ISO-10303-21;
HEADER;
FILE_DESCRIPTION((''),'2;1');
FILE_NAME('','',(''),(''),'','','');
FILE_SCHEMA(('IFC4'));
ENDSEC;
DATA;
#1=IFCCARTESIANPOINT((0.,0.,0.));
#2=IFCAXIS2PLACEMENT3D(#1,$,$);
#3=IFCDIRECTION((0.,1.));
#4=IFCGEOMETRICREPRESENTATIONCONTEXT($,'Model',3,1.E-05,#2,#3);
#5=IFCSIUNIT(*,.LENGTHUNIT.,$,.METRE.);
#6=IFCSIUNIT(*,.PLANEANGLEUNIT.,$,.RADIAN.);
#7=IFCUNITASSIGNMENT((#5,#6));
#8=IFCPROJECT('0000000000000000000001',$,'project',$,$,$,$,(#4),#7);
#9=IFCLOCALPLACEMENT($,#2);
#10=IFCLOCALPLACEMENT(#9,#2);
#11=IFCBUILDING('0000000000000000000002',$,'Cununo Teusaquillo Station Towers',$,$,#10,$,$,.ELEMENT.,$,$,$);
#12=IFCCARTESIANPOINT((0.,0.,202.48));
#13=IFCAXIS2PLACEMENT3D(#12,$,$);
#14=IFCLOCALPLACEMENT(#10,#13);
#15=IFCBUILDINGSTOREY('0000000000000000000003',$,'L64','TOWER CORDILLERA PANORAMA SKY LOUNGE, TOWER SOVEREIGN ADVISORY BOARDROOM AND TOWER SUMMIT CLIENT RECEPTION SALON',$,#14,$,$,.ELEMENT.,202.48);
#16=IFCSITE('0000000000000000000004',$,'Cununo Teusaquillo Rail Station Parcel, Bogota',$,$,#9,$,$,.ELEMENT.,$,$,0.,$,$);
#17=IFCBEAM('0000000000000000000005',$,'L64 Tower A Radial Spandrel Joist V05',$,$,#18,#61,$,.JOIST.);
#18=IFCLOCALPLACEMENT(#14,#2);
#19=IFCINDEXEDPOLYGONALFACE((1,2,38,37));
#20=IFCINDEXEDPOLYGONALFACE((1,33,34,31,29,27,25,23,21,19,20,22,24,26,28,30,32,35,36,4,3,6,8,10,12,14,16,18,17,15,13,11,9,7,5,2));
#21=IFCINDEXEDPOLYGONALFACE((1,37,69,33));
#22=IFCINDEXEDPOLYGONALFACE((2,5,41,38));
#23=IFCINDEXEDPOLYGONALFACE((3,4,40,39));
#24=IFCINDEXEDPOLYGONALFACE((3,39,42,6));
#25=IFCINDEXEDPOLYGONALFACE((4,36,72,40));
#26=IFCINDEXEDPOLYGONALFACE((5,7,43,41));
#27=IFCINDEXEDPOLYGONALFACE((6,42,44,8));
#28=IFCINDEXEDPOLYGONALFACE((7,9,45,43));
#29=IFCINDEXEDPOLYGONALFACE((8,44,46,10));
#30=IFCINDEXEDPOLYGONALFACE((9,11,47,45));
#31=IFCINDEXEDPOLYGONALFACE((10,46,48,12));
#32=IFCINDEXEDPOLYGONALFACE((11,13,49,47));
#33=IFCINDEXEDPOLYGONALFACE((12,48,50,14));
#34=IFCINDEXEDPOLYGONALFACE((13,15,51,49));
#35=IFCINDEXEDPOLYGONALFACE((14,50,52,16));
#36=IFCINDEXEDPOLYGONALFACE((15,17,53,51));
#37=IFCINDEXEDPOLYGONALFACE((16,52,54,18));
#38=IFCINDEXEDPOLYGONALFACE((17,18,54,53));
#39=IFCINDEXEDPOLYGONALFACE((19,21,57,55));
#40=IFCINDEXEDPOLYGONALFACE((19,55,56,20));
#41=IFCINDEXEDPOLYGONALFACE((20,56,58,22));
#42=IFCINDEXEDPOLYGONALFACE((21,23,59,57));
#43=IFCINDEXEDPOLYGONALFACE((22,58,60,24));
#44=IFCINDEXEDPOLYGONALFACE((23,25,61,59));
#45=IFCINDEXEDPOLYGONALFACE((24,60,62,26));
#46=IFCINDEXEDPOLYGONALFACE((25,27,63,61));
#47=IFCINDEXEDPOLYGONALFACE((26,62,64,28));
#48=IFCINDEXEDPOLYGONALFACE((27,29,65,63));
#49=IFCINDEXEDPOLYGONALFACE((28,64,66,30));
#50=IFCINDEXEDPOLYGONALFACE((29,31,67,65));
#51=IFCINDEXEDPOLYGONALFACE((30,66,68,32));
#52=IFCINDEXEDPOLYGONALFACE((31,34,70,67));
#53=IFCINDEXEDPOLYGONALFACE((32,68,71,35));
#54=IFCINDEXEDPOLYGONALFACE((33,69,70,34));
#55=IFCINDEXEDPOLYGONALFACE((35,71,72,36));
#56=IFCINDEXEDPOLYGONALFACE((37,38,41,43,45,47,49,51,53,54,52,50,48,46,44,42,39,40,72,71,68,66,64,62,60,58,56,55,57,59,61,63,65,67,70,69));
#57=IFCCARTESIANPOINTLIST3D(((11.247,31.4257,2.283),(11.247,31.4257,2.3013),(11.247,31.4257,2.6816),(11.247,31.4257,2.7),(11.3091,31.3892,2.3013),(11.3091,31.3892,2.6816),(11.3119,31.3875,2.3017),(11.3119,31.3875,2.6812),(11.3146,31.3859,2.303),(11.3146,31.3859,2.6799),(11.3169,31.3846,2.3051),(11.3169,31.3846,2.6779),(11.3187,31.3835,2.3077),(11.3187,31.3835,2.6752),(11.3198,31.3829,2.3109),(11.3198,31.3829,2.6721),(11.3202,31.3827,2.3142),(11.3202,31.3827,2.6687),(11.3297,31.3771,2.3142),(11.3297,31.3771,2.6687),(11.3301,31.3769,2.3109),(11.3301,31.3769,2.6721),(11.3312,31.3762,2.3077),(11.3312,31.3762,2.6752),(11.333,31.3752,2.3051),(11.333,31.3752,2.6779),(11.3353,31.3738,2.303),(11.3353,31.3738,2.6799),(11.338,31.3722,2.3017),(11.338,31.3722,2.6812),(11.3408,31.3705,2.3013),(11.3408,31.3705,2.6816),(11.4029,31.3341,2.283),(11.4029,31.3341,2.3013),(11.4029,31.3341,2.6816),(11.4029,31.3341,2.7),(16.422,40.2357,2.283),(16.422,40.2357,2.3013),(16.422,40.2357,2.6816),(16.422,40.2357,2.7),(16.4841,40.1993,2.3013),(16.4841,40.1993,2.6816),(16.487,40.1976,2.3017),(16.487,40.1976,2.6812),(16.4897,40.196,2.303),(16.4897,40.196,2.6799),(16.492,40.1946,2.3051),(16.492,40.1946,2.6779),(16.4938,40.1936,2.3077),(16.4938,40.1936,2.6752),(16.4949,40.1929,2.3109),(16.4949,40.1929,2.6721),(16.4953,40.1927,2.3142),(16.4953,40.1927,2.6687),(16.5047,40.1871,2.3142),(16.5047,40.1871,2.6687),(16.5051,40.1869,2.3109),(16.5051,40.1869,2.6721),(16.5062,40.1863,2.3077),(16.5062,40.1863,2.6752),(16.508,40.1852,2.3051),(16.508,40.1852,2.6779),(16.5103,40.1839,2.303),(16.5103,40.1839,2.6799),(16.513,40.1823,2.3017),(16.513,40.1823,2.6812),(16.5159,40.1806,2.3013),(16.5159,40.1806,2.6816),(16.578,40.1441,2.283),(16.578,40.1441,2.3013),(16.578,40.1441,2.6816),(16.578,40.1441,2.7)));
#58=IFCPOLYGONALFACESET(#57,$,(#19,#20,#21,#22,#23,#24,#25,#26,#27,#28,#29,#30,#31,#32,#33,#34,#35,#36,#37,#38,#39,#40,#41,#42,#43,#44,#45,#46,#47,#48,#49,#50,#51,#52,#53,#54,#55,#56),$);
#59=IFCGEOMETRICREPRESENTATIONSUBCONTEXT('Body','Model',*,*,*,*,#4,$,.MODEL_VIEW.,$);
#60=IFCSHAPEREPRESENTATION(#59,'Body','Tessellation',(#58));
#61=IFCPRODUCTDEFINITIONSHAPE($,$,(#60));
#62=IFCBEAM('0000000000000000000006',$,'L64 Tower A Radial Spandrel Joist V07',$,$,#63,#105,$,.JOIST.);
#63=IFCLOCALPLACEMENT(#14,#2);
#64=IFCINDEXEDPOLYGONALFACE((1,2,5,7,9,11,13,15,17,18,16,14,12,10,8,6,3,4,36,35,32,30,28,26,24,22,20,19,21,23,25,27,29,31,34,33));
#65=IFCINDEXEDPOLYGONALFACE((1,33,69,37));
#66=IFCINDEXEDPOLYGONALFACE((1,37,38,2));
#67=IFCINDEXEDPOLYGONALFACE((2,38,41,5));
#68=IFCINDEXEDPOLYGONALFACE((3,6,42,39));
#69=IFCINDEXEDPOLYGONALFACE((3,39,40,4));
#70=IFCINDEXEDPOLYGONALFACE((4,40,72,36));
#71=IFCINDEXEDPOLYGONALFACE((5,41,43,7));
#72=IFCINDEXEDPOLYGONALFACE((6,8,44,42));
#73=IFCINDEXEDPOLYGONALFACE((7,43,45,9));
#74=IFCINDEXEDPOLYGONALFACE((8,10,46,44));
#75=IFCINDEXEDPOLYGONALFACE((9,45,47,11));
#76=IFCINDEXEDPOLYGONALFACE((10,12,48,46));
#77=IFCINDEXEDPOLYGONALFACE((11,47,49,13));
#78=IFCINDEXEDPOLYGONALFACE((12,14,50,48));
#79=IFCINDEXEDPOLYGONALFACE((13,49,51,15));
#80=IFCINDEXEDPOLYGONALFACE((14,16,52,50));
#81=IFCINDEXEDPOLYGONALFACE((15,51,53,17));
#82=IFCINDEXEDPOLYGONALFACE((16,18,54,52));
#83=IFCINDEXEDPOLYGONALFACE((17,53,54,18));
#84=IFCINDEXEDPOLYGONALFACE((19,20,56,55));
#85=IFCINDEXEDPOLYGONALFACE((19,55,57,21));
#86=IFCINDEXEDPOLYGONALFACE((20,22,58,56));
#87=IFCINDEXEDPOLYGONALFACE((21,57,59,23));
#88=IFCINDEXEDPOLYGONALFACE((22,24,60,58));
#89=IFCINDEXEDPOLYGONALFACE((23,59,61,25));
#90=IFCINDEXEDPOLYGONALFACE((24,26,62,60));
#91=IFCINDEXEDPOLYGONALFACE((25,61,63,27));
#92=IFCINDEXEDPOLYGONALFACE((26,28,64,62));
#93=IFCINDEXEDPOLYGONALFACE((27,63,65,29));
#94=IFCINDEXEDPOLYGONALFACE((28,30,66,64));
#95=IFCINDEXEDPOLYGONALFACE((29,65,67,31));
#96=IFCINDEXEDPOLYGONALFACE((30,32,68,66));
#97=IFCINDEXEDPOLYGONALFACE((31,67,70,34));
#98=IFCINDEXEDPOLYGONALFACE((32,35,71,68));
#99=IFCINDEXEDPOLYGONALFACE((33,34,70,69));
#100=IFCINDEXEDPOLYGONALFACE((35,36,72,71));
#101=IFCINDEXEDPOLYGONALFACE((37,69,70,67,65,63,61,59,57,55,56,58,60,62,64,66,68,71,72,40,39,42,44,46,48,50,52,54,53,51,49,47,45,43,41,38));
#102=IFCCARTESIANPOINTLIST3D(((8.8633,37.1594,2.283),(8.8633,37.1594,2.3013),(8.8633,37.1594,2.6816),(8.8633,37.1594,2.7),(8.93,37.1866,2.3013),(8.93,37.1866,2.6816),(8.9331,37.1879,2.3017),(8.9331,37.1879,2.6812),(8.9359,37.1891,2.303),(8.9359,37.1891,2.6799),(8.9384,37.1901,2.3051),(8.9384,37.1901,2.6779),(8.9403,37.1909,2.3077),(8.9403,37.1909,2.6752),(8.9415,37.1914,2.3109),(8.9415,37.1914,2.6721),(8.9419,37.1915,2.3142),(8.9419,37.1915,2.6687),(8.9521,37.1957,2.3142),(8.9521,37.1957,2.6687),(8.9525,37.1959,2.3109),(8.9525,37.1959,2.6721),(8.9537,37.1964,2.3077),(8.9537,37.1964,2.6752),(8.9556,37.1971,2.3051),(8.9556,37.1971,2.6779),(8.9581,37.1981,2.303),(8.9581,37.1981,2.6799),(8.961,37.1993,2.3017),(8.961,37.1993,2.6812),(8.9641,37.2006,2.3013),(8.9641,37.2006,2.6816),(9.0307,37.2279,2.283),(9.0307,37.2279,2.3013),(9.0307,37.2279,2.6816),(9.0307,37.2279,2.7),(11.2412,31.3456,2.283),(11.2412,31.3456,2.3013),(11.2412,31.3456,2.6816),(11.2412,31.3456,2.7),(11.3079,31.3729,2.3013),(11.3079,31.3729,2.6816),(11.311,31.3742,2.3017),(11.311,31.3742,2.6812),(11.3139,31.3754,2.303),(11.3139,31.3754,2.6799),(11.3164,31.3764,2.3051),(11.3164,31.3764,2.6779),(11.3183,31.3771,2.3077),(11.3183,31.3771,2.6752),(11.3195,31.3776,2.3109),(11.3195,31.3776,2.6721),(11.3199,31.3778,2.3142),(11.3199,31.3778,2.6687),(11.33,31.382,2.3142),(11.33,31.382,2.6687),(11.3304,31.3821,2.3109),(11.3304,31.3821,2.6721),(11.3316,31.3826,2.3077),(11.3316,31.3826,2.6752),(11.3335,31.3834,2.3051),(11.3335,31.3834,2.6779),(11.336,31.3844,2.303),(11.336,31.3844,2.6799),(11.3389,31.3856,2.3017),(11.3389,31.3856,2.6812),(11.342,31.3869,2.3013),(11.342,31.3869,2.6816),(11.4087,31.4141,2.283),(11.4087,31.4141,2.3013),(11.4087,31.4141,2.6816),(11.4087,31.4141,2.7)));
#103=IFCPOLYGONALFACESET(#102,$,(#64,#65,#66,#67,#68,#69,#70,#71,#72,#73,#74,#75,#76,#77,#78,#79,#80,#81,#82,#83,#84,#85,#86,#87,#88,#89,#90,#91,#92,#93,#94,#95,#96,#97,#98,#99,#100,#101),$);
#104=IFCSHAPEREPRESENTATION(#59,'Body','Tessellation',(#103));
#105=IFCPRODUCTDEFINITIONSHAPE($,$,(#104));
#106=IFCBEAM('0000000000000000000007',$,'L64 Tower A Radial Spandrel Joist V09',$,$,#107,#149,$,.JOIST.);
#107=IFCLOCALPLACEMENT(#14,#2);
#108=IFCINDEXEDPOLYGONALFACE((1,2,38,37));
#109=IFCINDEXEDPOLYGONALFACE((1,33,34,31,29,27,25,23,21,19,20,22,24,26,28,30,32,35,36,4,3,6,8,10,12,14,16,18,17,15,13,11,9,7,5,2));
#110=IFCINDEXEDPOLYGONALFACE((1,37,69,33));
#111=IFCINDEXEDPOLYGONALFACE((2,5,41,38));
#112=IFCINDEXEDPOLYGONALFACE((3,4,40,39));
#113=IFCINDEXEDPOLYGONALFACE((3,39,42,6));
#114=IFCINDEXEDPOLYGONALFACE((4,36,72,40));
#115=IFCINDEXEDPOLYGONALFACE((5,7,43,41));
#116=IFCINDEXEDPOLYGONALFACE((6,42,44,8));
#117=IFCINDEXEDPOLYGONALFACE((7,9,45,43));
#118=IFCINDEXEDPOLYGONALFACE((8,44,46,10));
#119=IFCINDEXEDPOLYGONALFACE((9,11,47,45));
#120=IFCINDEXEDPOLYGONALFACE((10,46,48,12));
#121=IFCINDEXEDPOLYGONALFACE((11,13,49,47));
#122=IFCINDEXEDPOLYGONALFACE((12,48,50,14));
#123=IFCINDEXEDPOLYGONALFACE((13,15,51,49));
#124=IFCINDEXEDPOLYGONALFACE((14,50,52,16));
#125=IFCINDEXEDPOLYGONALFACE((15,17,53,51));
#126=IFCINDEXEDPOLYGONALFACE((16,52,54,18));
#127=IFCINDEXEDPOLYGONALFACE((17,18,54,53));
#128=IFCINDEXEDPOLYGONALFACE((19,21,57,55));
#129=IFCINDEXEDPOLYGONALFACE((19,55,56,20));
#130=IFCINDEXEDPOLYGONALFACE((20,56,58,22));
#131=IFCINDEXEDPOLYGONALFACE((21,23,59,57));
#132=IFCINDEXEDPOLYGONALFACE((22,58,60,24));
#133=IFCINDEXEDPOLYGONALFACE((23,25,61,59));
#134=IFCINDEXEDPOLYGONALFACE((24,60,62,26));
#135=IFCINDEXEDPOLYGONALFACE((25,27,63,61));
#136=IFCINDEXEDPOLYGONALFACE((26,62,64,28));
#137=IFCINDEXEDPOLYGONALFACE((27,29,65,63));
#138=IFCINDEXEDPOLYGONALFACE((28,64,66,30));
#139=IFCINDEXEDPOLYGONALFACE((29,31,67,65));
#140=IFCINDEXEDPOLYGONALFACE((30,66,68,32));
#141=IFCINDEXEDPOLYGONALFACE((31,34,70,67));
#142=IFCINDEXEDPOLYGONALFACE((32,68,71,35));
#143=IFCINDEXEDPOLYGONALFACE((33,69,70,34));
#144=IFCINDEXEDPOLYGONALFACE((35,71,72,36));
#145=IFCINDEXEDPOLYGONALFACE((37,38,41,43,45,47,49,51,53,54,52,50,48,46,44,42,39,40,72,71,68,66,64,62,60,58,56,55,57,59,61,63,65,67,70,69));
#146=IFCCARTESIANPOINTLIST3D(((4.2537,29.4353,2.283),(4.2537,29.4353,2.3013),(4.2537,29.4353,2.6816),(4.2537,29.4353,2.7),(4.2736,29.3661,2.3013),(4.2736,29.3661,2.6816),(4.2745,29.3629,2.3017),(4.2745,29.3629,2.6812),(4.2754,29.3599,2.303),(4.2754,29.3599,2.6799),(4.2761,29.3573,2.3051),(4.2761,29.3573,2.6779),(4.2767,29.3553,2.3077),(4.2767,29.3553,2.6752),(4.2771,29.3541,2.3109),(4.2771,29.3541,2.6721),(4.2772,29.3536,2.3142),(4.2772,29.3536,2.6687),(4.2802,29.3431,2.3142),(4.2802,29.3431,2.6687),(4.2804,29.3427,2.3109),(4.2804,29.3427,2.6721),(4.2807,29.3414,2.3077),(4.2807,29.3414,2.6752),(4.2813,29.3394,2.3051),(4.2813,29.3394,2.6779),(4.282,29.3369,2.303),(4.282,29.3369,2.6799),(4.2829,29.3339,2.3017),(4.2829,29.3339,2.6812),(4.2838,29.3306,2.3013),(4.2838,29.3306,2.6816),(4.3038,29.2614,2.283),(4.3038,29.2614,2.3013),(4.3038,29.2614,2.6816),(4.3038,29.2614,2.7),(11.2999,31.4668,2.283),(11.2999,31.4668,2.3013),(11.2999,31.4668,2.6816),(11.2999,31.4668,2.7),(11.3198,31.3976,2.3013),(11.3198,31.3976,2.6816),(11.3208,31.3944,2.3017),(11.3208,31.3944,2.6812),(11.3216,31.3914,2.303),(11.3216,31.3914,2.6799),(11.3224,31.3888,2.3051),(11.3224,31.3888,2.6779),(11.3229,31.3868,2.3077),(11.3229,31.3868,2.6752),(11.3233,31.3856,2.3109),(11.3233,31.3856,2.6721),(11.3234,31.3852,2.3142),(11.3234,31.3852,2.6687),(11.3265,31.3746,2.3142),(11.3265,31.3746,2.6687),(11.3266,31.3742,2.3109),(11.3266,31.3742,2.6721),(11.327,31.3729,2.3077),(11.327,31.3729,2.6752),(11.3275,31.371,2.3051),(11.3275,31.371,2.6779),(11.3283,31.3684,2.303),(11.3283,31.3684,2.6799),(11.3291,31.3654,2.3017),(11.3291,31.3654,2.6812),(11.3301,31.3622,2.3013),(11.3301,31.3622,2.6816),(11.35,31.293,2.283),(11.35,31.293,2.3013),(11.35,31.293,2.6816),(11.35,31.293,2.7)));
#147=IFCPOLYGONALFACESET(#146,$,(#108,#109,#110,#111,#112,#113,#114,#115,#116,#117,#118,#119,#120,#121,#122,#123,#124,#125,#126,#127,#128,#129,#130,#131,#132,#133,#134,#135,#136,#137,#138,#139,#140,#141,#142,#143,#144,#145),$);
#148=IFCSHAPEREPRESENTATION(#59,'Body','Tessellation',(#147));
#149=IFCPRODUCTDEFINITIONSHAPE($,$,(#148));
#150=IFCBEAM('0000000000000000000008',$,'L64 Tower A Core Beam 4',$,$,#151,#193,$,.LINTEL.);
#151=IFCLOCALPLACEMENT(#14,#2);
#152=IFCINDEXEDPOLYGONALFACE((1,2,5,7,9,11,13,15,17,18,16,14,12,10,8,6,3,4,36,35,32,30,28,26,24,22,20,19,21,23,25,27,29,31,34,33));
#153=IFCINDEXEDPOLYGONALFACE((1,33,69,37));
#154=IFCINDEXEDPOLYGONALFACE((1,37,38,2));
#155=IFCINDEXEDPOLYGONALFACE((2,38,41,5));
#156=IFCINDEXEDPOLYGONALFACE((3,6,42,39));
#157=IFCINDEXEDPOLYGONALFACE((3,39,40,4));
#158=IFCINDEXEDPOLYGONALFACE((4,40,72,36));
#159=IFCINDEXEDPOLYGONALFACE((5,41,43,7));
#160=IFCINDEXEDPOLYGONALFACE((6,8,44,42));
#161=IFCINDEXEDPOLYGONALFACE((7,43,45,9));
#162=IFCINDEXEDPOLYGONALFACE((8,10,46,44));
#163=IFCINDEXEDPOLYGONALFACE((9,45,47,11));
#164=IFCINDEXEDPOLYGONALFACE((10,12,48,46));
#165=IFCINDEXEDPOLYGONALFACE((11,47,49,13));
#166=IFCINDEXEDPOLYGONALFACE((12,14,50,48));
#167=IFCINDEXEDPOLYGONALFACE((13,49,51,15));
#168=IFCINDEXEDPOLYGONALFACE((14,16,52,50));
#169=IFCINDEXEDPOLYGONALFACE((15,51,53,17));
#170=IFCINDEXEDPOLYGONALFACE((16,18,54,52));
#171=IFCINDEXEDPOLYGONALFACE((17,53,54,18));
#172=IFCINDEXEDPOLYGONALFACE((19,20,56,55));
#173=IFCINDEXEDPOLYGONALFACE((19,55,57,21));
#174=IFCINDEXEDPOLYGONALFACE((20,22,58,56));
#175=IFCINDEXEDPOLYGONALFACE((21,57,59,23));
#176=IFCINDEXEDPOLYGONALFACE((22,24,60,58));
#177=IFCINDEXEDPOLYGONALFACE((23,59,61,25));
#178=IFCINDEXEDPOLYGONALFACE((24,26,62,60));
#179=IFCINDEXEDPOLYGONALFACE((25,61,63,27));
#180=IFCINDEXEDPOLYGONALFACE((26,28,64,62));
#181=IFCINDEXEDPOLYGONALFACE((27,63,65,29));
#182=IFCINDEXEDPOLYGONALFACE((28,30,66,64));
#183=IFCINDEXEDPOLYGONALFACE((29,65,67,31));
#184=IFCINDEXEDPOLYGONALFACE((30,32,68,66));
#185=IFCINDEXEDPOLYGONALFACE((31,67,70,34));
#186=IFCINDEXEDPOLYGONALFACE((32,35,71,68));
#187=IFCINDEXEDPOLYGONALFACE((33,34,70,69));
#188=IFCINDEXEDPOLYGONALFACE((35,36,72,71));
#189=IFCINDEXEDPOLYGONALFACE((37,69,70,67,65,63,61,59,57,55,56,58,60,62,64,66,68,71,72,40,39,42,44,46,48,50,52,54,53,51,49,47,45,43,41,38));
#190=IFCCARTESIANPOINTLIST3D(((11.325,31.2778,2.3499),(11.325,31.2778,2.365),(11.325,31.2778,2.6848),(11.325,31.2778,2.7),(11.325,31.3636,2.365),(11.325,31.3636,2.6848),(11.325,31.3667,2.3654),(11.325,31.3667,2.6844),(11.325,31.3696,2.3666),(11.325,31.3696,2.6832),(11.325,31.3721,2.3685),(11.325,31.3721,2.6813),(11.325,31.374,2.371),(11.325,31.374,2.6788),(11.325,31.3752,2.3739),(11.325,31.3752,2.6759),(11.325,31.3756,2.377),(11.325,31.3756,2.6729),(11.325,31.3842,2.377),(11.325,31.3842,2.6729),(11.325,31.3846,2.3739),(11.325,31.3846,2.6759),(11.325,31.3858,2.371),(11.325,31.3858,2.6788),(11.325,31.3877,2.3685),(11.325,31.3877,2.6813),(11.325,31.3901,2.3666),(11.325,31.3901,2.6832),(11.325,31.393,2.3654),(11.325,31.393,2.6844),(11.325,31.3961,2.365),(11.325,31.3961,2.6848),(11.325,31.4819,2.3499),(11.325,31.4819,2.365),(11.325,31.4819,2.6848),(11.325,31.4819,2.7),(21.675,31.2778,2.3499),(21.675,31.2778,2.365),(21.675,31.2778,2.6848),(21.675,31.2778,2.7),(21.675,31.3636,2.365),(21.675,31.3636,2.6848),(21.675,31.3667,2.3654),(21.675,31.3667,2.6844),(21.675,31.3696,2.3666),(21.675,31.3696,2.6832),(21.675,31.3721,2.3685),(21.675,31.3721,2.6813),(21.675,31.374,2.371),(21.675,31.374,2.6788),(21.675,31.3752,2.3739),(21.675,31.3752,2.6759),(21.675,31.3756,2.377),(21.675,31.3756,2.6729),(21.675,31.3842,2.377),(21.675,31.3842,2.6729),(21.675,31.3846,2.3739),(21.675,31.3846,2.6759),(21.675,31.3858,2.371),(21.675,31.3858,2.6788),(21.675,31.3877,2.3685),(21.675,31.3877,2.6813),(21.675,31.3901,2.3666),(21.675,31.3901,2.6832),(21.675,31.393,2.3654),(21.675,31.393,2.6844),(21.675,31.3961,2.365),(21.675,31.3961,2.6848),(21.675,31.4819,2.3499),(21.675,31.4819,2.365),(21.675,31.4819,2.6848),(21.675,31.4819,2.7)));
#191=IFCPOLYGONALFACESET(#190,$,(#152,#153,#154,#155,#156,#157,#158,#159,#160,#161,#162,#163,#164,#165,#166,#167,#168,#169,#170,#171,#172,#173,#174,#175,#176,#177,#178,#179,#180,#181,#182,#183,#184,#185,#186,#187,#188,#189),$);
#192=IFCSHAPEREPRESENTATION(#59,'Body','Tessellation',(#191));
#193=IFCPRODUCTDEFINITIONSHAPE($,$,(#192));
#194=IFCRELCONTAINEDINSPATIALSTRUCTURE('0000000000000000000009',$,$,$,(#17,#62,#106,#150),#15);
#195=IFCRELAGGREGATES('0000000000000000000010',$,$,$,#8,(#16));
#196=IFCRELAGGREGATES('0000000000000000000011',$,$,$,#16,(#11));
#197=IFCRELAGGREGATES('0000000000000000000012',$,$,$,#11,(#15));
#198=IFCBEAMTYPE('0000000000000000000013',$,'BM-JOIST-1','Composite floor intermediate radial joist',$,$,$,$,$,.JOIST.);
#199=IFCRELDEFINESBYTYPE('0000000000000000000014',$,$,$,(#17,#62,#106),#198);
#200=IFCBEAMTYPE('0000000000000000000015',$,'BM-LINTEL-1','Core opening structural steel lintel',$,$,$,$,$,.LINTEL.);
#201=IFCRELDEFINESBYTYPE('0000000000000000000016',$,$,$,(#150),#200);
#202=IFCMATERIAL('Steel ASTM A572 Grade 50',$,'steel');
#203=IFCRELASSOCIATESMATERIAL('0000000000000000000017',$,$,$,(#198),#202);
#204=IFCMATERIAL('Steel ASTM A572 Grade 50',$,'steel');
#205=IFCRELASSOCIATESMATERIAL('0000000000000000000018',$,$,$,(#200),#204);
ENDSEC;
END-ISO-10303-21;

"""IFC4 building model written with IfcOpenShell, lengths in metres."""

from ifc_helpers import new_model, si_unit, direction, frame, origin, origin_2d, place, context, subcontext, project, spatial, i_section, extrude, material, material_profile, profile_set, type_object, element, save


model = new_model("IFC4")

# Units and contexts
model_context = context("Model", 3, precision=1e-05, world=origin(), true_north=direction((0.0, 1.0)))
body_context = subcontext(model_context, "Body", "Model", "MODEL_VIEW")
ifc_project = project(units=[si_unit("LENGTHUNIT", "METRE"), si_unit("PLANEANGLEUNIT", "RADIAN")], contexts=[model_context])

# Site, building, storey
site_placement = place(None, origin())
site = spatial("IfcSite", under=ifc_project, at=site_placement, Name="Cununo Teusaquillo Rail Station Parcel, Bogota", CompositionType="ELEMENT", RefElevation=0.0)
building_placement = place(site_placement, origin())
building = spatial("IfcBuilding", under=site, at=building_placement, Name="Cununo Teusaquillo Station Towers", CompositionType="ELEMENT")
storey_placement = place(building_placement, frame((0.0, 0.0, 202.48)))
storey = spatial("IfcBuildingStorey", under=building, at=storey_placement, Name="L64", Description="TOWER CORDILLERA PANORAMA SKY LOUNGE, TOWER SOVEREIGN ADVISORY BOARDROOM AND TOWER SUMMIT CLIENT RECEPTION SALON", CompositionType="ELEMENT", Elevation=202.48)

# Beams
ifc_material_1 = material(Name="Steel ASTM A572 Grade 50", Category="steel")
ifc_material_profile_1 = material_profile(ifc_material_1, i_section(OverallWidth=0.1809, OverallDepth=0.417, WebThickness=0.011, FlangeThickness=0.0183, FilletRadius=0.0129, at=origin_2d()), Name="W16X57")
ifc_profile_set_1 = profile_set([ifc_material_profile_1], Name="Steel ASTM A572 Grade 50")
beam_type_1 = type_object("IfcBeamType", Name="BM-JOIST-1", Description="Composite floor intermediate radial joist", PredefinedType="JOIST", material=ifc_profile_set_1)
beam_1_placement = place(storey_placement, frame((11.325, 31.3799, 2.4915), z_axis=(0.506486, 0.862248, 0.0), x_axis=(-0.862248, 0.506486, 0.0)))
element("IfcBeam", 1, at=beam_1_placement, inside=storey, type_object=beam_type_1, Name="L64 Tower A Radial Spandrel Joist V05", PredefinedType="JOIST", context=body_context, shape_type="SweptSolid", body=[
    extrude(i_section(OverallWidth=0.1809, OverallDepth=0.417, WebThickness=0.011, FlangeThickness=0.0183, FilletRadius=0.0129, at=origin_2d()), origin(), (0.0, 0.0, 1.0), 10.2175),
])
beam_2_placement = place(storey_placement, frame((11.325, 31.3799, 2.4915), z_axis=(-0.378577, 0.92557, 0.0), x_axis=(-0.92557, -0.378577, 0.0)))
element("IfcBeam", 2, at=beam_2_placement, inside=storey, type_object=beam_type_1, Name="L64 Tower A Radial Spandrel Joist V07", PredefinedType="JOIST", context=body_context, shape_type="SweptSolid", body=[
    extrude(i_section(OverallWidth=0.1809, OverallDepth=0.417, WebThickness=0.011, FlangeThickness=0.0183, FilletRadius=0.0129, at=origin_2d()), origin(), (0.0, 0.0, 1.0), 6.2812),
])
beam_3_placement = place(storey_placement, frame((11.325, 31.3799, 2.4915), z_axis=(-0.960862, -0.277029, 0.0), x_axis=(0.277029, -0.960862, 0.0)))
element("IfcBeam", 3, at=beam_3_placement, inside=storey, type_object=beam_type_1, Name="L64 Tower A Radial Spandrel Joist V09", PredefinedType="JOIST", context=body_context, shape_type="SweptSolid", body=[
    extrude(i_section(OverallWidth=0.1809, OverallDepth=0.417, WebThickness=0.011, FlangeThickness=0.0183, FilletRadius=0.0129, at=origin_2d()), origin(), (0.0, 0.0, 1.0), 7.3333),
])
ifc_material_2 = material(Name="Steel ASTM A572 Grade 50", Category="steel")
ifc_material_profile_2 = material_profile(ifc_material_2, i_section(OverallWidth=0.2041, OverallDepth=0.3501, WebThickness=0.0085, FlangeThickness=0.0151, FilletRadius=0.012, at=origin_2d()), Name="W14X48")
ifc_profile_set_2 = profile_set([ifc_material_profile_2], Name="Steel ASTM A572 Grade 50")
beam_type_2 = type_object("IfcBeamType", Name="BM-LINTEL-1", Description="Core opening structural steel lintel", PredefinedType="LINTEL", material=ifc_profile_set_2)
beam_4_placement = place(storey_placement, frame((11.325, 31.3799, 2.5249), z_axis=(1.0, 0.0, 0.0), x_axis=(0.0, 1.0, 0.0)))
element("IfcBeam", 4, at=beam_4_placement, inside=storey, type_object=beam_type_2, Name="L64 Tower A Core Beam 4", PredefinedType="LINTEL", context=body_context, shape_type="SweptSolid", body=[
    extrude(i_section(OverallWidth=0.2041, OverallDepth=0.3501, WebThickness=0.0085, FlangeThickness=0.0151, FilletRadius=0.012, at=origin_2d()), origin(), (0.0, 0.0, 1.0), 10.3501),
])

save(model, "model.ifc")
